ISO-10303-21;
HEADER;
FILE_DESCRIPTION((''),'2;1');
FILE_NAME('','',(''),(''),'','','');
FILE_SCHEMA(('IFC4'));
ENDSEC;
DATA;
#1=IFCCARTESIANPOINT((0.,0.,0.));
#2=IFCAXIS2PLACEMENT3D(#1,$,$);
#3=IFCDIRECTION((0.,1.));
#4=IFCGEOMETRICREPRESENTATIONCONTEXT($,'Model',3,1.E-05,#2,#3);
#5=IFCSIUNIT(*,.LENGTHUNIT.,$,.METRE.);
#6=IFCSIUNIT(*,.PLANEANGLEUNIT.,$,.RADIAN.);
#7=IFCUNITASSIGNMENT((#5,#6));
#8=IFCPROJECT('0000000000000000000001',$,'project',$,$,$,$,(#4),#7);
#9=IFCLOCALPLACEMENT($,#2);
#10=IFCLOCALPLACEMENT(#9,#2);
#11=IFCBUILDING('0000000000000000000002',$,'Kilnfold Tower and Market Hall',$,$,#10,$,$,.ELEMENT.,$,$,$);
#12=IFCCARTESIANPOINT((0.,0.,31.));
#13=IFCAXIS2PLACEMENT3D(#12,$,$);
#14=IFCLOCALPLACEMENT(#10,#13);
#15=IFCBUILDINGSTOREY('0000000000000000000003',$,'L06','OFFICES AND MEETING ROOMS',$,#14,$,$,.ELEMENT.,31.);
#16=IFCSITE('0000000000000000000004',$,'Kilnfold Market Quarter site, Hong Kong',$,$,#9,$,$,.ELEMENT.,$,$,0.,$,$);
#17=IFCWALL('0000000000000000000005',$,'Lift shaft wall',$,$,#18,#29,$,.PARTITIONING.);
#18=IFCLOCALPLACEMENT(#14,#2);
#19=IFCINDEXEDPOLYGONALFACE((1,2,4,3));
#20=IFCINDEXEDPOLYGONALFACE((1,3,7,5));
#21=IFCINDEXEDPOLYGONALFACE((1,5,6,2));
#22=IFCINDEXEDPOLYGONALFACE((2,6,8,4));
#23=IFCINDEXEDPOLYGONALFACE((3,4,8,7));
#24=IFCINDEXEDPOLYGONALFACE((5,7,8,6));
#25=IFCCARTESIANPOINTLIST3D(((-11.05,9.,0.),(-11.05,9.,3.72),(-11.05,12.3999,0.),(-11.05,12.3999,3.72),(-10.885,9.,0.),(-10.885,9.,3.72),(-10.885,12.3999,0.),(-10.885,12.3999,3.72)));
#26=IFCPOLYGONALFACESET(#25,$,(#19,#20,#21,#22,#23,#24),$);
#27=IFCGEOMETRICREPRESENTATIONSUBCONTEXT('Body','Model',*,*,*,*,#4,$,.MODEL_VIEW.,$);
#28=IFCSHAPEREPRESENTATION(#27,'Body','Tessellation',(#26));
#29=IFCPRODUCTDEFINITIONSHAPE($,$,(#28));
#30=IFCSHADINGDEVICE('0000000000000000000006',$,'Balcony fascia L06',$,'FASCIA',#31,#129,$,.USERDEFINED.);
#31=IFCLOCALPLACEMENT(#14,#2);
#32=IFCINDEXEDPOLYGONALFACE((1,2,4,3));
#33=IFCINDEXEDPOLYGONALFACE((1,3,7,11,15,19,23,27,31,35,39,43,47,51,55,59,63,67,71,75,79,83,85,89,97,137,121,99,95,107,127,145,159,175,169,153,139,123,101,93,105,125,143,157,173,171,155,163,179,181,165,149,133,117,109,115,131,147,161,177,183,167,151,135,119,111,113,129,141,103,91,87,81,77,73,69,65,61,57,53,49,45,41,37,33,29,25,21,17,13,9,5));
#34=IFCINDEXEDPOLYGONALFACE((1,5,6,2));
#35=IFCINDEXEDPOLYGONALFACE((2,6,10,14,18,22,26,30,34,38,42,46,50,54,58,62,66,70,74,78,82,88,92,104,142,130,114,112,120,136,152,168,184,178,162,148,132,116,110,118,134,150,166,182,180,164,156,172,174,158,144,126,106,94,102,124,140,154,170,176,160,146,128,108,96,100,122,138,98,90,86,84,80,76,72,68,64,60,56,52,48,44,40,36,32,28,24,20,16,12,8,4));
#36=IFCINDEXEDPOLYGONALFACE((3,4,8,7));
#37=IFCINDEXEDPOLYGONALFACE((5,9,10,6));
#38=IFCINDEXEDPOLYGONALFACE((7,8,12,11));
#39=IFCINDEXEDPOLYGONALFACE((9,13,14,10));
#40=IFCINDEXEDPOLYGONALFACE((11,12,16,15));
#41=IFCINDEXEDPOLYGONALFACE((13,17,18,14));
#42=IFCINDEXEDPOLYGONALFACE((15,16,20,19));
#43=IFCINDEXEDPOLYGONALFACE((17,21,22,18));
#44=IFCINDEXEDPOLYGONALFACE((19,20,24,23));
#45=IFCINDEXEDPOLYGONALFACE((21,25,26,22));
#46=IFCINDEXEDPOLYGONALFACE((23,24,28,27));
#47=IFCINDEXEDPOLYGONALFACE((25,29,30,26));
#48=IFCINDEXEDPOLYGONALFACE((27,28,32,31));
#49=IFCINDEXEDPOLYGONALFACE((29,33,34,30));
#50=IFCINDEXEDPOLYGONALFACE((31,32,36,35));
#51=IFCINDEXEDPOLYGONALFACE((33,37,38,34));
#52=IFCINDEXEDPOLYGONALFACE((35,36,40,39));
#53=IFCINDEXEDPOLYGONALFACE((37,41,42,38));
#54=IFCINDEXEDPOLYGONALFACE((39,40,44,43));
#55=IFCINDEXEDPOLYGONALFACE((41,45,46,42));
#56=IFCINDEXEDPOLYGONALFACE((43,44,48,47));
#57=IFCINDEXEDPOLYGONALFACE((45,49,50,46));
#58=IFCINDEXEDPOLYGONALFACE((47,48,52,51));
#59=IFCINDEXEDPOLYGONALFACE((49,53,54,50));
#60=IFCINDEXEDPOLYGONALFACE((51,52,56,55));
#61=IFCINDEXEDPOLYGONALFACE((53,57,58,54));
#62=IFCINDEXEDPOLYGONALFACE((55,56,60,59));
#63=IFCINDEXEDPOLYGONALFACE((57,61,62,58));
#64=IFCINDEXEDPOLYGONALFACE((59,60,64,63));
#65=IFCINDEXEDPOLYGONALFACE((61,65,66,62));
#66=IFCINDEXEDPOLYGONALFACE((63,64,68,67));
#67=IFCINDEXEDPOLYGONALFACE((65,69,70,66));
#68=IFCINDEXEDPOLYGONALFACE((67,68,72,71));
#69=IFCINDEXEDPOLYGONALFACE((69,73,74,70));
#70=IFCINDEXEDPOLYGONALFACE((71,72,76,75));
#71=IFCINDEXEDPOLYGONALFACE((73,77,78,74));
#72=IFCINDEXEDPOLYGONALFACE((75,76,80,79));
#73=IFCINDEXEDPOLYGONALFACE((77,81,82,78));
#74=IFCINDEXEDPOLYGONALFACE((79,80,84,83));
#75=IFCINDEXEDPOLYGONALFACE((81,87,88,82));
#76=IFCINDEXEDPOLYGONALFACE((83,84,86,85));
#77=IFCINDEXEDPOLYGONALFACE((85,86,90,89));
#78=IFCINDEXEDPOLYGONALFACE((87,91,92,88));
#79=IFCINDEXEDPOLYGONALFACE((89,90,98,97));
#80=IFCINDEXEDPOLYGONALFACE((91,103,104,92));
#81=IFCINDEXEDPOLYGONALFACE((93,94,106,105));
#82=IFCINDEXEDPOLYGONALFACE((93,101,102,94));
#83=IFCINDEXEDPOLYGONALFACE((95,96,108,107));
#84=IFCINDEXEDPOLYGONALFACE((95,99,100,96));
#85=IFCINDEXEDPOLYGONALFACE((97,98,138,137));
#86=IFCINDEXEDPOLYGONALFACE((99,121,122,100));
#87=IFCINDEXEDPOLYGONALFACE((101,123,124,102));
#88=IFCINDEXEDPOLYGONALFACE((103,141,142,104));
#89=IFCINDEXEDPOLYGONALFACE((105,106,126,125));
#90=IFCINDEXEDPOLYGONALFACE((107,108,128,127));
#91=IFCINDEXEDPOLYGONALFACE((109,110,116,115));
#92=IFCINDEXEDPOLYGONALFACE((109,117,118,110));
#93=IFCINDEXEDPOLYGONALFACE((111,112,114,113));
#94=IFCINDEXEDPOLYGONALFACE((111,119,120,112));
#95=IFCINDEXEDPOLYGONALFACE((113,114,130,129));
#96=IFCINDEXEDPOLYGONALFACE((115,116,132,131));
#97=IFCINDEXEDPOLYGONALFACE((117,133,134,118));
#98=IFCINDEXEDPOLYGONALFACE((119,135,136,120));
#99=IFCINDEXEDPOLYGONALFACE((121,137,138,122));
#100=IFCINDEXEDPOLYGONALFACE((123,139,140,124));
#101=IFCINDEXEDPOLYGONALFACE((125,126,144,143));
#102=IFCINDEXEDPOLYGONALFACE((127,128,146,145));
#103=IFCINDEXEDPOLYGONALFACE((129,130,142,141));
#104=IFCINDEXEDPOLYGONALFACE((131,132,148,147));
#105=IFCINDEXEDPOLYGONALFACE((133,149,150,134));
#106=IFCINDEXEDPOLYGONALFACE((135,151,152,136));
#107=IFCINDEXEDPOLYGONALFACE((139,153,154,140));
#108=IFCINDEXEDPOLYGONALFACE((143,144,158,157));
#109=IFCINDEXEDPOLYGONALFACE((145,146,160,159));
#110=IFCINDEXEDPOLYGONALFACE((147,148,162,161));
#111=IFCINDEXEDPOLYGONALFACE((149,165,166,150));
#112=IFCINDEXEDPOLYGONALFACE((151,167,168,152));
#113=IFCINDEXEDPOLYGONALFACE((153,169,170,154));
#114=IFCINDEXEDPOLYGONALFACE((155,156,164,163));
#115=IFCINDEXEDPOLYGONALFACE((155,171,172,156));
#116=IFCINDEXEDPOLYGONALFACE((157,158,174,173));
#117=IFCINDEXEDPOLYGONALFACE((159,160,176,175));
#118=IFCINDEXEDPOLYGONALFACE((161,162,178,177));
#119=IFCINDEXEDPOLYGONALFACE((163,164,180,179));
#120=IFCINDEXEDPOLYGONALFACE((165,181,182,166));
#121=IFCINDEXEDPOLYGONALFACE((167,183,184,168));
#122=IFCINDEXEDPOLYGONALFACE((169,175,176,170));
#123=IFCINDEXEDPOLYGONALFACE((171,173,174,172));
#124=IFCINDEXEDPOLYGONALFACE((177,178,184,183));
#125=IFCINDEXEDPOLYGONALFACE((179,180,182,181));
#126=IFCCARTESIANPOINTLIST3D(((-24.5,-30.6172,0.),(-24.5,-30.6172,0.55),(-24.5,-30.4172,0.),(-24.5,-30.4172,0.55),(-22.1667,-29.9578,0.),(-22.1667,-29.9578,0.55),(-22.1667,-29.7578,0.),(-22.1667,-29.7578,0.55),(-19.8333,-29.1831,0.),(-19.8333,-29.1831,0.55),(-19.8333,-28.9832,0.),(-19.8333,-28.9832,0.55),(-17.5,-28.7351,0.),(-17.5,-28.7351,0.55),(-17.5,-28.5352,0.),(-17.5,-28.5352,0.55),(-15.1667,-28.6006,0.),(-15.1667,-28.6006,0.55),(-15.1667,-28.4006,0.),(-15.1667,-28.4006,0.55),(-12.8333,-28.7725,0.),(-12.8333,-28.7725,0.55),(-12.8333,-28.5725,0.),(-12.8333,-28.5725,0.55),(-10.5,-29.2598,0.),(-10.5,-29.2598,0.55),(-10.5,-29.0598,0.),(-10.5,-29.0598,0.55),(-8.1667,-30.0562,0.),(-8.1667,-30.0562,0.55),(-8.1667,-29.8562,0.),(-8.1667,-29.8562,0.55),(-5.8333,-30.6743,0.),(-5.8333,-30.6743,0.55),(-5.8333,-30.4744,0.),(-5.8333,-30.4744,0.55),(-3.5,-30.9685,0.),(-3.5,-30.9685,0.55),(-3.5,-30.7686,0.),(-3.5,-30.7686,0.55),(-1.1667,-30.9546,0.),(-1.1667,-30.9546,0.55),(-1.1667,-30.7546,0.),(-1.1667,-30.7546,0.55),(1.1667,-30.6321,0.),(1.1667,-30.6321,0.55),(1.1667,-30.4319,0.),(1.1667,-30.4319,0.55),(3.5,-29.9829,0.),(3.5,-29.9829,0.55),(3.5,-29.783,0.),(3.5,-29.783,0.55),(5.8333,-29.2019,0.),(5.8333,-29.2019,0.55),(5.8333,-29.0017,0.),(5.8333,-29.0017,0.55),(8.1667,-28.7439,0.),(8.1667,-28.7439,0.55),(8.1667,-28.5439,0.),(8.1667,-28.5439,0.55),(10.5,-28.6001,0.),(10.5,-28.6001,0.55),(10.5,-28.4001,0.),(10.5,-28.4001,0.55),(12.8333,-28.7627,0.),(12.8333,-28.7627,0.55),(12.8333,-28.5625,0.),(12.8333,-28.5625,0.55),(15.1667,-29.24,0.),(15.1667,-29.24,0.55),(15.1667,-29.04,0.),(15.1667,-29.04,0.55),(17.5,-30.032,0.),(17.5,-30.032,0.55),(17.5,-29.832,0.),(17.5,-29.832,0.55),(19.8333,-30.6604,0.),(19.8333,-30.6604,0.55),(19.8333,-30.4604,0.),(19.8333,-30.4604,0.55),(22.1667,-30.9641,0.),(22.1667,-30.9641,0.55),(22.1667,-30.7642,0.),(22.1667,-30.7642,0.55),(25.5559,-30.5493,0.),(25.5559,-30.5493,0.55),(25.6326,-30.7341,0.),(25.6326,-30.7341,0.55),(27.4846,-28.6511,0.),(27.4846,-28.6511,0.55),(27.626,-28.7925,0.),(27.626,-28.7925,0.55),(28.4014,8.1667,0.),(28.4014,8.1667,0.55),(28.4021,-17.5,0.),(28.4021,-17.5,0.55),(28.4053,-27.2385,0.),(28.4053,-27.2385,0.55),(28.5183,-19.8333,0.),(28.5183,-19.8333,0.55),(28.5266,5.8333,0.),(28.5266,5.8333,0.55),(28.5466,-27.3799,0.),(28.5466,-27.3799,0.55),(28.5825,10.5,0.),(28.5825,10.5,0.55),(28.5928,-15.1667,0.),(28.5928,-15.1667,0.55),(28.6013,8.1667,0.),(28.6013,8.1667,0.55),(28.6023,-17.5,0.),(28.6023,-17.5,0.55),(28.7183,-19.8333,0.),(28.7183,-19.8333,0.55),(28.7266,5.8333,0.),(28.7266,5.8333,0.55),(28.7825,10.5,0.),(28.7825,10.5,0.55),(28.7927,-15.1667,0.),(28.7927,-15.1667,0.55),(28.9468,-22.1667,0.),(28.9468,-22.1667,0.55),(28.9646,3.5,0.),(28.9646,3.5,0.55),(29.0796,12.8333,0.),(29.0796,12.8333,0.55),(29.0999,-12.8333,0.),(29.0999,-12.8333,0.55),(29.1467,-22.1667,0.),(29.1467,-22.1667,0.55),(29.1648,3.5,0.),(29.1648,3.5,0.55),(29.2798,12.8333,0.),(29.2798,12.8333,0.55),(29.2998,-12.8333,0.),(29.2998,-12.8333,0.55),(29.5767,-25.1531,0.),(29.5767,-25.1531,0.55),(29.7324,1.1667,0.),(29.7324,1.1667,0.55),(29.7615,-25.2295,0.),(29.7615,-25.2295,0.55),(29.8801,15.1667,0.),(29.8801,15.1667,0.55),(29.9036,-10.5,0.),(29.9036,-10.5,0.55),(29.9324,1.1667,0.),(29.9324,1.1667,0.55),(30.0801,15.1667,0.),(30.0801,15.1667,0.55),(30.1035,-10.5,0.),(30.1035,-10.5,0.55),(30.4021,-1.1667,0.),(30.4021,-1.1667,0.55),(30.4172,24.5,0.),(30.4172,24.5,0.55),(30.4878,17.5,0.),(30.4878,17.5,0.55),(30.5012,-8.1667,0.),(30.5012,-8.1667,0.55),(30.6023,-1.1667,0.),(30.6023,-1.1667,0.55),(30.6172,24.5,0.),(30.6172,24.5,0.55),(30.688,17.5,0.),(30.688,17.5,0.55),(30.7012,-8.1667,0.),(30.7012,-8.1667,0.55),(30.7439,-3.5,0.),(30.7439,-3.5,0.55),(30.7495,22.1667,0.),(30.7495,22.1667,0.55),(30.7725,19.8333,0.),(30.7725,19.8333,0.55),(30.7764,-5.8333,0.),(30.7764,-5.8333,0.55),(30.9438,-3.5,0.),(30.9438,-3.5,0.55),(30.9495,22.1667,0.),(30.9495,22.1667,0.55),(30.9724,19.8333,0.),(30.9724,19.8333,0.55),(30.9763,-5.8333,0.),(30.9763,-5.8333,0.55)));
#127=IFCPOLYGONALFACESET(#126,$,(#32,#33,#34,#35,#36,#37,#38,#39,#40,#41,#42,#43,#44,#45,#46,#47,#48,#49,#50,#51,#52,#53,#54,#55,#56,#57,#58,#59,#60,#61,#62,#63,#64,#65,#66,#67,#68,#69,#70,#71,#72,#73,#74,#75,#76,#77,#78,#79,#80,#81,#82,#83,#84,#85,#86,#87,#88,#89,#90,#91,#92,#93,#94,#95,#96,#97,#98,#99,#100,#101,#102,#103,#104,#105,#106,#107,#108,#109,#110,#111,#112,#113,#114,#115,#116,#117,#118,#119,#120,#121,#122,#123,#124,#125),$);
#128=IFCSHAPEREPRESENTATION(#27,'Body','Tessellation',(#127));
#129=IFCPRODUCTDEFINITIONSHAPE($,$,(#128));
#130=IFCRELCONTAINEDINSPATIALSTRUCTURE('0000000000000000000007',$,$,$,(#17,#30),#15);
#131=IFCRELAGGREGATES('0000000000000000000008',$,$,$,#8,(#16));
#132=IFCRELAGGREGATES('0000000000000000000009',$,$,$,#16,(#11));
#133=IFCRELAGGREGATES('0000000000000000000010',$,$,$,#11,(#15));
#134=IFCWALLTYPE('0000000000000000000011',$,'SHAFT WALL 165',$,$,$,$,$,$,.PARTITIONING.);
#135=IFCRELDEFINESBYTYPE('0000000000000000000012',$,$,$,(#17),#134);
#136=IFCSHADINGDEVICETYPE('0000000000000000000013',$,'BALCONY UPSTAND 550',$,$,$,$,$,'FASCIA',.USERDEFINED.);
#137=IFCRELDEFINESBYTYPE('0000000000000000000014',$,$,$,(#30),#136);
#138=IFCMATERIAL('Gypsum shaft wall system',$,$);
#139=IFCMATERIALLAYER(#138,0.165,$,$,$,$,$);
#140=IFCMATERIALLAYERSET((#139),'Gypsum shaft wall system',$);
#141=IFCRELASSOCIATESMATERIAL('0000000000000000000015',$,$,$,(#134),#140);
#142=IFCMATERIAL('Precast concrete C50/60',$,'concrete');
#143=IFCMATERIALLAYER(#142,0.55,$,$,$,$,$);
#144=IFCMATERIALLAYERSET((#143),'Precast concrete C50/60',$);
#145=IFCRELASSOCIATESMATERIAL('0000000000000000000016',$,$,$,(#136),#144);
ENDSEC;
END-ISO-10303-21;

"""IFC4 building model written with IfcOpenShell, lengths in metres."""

from ifc_helpers import new_model, si_unit, direction, frame, frame_2d, origin, place, context, subcontext, project, spatial, polyline, rectangle, outline, extrude, source, transform, mapped, material, layer, layer_set, type_object, element, save


model = new_model("IFC4")

# Units and contexts
model_context = context("Model", 3, precision=1e-05, world=origin(), true_north=direction((0.0, 1.0)))
body_context = subcontext(model_context, "Body", "Model", "MODEL_VIEW")
ifc_project = project(units=[si_unit("LENGTHUNIT", "METRE"), si_unit("PLANEANGLEUNIT", "RADIAN")], contexts=[model_context])

# Site, building, storey
site_placement = place(None, origin())
site = spatial("IfcSite", under=ifc_project, at=site_placement, Name="Kilnfold Market Quarter site, Hong Kong", CompositionType="ELEMENT", RefElevation=0.0)
building_placement = place(site_placement, origin())
building = spatial("IfcBuilding", under=site, at=building_placement, Name="Kilnfold Tower and Market Hall", CompositionType="ELEMENT")
storey_placement = place(building_placement, frame((0.0, 0.0, 31.0)))
storey = spatial("IfcBuildingStorey", under=building, at=storey_placement, Name="L06", Description="OFFICES AND MEETING ROOMS", CompositionType="ELEMENT", Elevation=31.0)

# Wall
ifc_material_1 = material(Name="Gypsum shaft wall system")
ifc_layer_1 = layer(ifc_material_1, 0.165)
ifc_layer_set_1 = layer_set([ifc_layer_1], Name="Gypsum shaft wall system")
wall_type_1 = type_object("IfcWallType", Name="SHAFT WALL 165", PredefinedType="PARTITIONING", material=ifc_layer_set_1)
shared_shape_1 = source(origin(), body_context, "Body", "SweptSolid", [
    extrude(rectangle(XDim=3.3999, YDim=0.165, at=frame_2d((1.7, 0.0))), origin(), (0.0, 0.0, 1.0), 3.72),
])
wall_1_placement = place(storey_placement, frame((-10.9675, 9.0, 0.0), z_axis=(0.0, 0.0, 1.0), x_axis=(0.0, 1.0, 0.0)))
element("IfcWall", 1, at=wall_1_placement, inside=storey, type_object=wall_type_1, Name="Lift shaft wall", PredefinedType="PARTITIONING", context=body_context, shape_type="MappedRepresentation", body=[
    mapped(shared_shape_1, transform((0.0, 0.0, 0.0))),
])

# Shading device
ifc_material_2 = material(Name="Precast concrete C50/60", Category="concrete")
ifc_layer_2 = layer(ifc_material_2, 0.55)
ifc_layer_set_2 = layer_set([ifc_layer_2], Name="Precast concrete C50/60")
shading_device_type_1 = type_object("IfcShadingDeviceType", Name="BALCONY UPSTAND 550", ElementType="FASCIA", PredefinedType="USERDEFINED", material=ifc_layer_set_2)
shared_shape_2 = source(origin(), body_context, "Body", "SweptSolid", [
    extrude(outline(polyline([(-24.5, -30.6172), (-22.1667, -29.9578), (-19.8333, -29.1831), (-17.5, -28.7351), (-15.1667, -28.6006), (-12.8333, -28.7725), (-10.5, -29.2598), (-8.1667, -30.0562), (-5.8333, -30.6743), (-3.5, -30.9685), (-1.1667, -30.9546), (1.1667, -30.6321), (3.5, -29.9829), (5.8333, -29.2019), (8.1667, -28.7439), (10.5, -28.6001), (12.8333, -28.7627), (15.1667, -29.24), (17.5, -30.032), (19.8333, -30.6604), (22.1667, -30.9641), (25.6326, -30.7341), (27.626, -28.7925), (28.5466, -27.3799), (29.7615, -25.2295), (29.1467, -22.1667), (28.7183, -19.8333), (28.6023, -17.5), (28.7927, -15.1667), (29.2998, -12.8333), (30.1035, -10.5), (30.7012, -8.1667), (30.9763, -5.8333), (30.9438, -3.5), (30.6023, -1.1667), (29.9324, 1.1667), (29.1648, 3.5), (28.7266, 5.8333), (28.6013, 8.1667), (28.7825, 10.5), (29.2798, 12.8333), (30.0801, 15.1667), (30.688, 17.5), (30.9724, 19.8333), (30.9495, 22.1667), (30.6172, 24.5), (30.4172, 24.5), (30.7495, 22.1667), (30.7725, 19.8333), (30.4878, 17.5), (29.8801, 15.1667), (29.0796, 12.8333), (28.5825, 10.5), (28.4014, 8.1667), (28.5266, 5.8333), (28.9646, 3.5), (29.7324, 1.1667), (30.4021, -1.1667), (30.7439, -3.5), (30.7764, -5.8333), (30.5012, -8.1667), (29.9036, -10.5), (29.0999, -12.8333), (28.5928, -15.1667), (28.4021, -17.5), (28.5183, -19.8333), (28.9468, -22.1667), (29.5767, -25.1531), (28.4053, -27.2385), (27.4846, -28.6511), (25.5559, -30.5493), (22.1667, -30.7642), (19.8333, -30.4604), (17.5, -29.832), (15.1667, -29.04), (12.8333, -28.5625), (10.5, -28.4001), (8.1667, -28.5439), (5.8333, -29.0017), (3.5, -29.783), (1.1667, -30.4319), (-1.1667, -30.7546), (-3.5, -30.7686), (-5.8333, -30.4744), (-8.1667, -29.8562), (-10.5, -29.0598), (-12.8333, -28.5725), (-15.1667, -28.4006), (-17.5, -28.5352), (-19.8333, -28.9832), (-22.1667, -29.7578), (-24.5, -30.4172), (-24.5, -30.6172)])), origin(), (0.0, 0.0, 1.0), 0.55),
])
shading_device_1_placement = place(storey_placement, origin())
element("IfcShadingDevice", 2, at=shading_device_1_placement, inside=storey, type_object=shading_device_type_1, Name="Balcony fascia L06", ObjectType="FASCIA", PredefinedType="USERDEFINED", context=body_context, shape_type="MappedRepresentation", body=[
    mapped(shared_shape_2, transform((0.0, 0.0, 0.0))),
])

save(model, "model.ifc")
